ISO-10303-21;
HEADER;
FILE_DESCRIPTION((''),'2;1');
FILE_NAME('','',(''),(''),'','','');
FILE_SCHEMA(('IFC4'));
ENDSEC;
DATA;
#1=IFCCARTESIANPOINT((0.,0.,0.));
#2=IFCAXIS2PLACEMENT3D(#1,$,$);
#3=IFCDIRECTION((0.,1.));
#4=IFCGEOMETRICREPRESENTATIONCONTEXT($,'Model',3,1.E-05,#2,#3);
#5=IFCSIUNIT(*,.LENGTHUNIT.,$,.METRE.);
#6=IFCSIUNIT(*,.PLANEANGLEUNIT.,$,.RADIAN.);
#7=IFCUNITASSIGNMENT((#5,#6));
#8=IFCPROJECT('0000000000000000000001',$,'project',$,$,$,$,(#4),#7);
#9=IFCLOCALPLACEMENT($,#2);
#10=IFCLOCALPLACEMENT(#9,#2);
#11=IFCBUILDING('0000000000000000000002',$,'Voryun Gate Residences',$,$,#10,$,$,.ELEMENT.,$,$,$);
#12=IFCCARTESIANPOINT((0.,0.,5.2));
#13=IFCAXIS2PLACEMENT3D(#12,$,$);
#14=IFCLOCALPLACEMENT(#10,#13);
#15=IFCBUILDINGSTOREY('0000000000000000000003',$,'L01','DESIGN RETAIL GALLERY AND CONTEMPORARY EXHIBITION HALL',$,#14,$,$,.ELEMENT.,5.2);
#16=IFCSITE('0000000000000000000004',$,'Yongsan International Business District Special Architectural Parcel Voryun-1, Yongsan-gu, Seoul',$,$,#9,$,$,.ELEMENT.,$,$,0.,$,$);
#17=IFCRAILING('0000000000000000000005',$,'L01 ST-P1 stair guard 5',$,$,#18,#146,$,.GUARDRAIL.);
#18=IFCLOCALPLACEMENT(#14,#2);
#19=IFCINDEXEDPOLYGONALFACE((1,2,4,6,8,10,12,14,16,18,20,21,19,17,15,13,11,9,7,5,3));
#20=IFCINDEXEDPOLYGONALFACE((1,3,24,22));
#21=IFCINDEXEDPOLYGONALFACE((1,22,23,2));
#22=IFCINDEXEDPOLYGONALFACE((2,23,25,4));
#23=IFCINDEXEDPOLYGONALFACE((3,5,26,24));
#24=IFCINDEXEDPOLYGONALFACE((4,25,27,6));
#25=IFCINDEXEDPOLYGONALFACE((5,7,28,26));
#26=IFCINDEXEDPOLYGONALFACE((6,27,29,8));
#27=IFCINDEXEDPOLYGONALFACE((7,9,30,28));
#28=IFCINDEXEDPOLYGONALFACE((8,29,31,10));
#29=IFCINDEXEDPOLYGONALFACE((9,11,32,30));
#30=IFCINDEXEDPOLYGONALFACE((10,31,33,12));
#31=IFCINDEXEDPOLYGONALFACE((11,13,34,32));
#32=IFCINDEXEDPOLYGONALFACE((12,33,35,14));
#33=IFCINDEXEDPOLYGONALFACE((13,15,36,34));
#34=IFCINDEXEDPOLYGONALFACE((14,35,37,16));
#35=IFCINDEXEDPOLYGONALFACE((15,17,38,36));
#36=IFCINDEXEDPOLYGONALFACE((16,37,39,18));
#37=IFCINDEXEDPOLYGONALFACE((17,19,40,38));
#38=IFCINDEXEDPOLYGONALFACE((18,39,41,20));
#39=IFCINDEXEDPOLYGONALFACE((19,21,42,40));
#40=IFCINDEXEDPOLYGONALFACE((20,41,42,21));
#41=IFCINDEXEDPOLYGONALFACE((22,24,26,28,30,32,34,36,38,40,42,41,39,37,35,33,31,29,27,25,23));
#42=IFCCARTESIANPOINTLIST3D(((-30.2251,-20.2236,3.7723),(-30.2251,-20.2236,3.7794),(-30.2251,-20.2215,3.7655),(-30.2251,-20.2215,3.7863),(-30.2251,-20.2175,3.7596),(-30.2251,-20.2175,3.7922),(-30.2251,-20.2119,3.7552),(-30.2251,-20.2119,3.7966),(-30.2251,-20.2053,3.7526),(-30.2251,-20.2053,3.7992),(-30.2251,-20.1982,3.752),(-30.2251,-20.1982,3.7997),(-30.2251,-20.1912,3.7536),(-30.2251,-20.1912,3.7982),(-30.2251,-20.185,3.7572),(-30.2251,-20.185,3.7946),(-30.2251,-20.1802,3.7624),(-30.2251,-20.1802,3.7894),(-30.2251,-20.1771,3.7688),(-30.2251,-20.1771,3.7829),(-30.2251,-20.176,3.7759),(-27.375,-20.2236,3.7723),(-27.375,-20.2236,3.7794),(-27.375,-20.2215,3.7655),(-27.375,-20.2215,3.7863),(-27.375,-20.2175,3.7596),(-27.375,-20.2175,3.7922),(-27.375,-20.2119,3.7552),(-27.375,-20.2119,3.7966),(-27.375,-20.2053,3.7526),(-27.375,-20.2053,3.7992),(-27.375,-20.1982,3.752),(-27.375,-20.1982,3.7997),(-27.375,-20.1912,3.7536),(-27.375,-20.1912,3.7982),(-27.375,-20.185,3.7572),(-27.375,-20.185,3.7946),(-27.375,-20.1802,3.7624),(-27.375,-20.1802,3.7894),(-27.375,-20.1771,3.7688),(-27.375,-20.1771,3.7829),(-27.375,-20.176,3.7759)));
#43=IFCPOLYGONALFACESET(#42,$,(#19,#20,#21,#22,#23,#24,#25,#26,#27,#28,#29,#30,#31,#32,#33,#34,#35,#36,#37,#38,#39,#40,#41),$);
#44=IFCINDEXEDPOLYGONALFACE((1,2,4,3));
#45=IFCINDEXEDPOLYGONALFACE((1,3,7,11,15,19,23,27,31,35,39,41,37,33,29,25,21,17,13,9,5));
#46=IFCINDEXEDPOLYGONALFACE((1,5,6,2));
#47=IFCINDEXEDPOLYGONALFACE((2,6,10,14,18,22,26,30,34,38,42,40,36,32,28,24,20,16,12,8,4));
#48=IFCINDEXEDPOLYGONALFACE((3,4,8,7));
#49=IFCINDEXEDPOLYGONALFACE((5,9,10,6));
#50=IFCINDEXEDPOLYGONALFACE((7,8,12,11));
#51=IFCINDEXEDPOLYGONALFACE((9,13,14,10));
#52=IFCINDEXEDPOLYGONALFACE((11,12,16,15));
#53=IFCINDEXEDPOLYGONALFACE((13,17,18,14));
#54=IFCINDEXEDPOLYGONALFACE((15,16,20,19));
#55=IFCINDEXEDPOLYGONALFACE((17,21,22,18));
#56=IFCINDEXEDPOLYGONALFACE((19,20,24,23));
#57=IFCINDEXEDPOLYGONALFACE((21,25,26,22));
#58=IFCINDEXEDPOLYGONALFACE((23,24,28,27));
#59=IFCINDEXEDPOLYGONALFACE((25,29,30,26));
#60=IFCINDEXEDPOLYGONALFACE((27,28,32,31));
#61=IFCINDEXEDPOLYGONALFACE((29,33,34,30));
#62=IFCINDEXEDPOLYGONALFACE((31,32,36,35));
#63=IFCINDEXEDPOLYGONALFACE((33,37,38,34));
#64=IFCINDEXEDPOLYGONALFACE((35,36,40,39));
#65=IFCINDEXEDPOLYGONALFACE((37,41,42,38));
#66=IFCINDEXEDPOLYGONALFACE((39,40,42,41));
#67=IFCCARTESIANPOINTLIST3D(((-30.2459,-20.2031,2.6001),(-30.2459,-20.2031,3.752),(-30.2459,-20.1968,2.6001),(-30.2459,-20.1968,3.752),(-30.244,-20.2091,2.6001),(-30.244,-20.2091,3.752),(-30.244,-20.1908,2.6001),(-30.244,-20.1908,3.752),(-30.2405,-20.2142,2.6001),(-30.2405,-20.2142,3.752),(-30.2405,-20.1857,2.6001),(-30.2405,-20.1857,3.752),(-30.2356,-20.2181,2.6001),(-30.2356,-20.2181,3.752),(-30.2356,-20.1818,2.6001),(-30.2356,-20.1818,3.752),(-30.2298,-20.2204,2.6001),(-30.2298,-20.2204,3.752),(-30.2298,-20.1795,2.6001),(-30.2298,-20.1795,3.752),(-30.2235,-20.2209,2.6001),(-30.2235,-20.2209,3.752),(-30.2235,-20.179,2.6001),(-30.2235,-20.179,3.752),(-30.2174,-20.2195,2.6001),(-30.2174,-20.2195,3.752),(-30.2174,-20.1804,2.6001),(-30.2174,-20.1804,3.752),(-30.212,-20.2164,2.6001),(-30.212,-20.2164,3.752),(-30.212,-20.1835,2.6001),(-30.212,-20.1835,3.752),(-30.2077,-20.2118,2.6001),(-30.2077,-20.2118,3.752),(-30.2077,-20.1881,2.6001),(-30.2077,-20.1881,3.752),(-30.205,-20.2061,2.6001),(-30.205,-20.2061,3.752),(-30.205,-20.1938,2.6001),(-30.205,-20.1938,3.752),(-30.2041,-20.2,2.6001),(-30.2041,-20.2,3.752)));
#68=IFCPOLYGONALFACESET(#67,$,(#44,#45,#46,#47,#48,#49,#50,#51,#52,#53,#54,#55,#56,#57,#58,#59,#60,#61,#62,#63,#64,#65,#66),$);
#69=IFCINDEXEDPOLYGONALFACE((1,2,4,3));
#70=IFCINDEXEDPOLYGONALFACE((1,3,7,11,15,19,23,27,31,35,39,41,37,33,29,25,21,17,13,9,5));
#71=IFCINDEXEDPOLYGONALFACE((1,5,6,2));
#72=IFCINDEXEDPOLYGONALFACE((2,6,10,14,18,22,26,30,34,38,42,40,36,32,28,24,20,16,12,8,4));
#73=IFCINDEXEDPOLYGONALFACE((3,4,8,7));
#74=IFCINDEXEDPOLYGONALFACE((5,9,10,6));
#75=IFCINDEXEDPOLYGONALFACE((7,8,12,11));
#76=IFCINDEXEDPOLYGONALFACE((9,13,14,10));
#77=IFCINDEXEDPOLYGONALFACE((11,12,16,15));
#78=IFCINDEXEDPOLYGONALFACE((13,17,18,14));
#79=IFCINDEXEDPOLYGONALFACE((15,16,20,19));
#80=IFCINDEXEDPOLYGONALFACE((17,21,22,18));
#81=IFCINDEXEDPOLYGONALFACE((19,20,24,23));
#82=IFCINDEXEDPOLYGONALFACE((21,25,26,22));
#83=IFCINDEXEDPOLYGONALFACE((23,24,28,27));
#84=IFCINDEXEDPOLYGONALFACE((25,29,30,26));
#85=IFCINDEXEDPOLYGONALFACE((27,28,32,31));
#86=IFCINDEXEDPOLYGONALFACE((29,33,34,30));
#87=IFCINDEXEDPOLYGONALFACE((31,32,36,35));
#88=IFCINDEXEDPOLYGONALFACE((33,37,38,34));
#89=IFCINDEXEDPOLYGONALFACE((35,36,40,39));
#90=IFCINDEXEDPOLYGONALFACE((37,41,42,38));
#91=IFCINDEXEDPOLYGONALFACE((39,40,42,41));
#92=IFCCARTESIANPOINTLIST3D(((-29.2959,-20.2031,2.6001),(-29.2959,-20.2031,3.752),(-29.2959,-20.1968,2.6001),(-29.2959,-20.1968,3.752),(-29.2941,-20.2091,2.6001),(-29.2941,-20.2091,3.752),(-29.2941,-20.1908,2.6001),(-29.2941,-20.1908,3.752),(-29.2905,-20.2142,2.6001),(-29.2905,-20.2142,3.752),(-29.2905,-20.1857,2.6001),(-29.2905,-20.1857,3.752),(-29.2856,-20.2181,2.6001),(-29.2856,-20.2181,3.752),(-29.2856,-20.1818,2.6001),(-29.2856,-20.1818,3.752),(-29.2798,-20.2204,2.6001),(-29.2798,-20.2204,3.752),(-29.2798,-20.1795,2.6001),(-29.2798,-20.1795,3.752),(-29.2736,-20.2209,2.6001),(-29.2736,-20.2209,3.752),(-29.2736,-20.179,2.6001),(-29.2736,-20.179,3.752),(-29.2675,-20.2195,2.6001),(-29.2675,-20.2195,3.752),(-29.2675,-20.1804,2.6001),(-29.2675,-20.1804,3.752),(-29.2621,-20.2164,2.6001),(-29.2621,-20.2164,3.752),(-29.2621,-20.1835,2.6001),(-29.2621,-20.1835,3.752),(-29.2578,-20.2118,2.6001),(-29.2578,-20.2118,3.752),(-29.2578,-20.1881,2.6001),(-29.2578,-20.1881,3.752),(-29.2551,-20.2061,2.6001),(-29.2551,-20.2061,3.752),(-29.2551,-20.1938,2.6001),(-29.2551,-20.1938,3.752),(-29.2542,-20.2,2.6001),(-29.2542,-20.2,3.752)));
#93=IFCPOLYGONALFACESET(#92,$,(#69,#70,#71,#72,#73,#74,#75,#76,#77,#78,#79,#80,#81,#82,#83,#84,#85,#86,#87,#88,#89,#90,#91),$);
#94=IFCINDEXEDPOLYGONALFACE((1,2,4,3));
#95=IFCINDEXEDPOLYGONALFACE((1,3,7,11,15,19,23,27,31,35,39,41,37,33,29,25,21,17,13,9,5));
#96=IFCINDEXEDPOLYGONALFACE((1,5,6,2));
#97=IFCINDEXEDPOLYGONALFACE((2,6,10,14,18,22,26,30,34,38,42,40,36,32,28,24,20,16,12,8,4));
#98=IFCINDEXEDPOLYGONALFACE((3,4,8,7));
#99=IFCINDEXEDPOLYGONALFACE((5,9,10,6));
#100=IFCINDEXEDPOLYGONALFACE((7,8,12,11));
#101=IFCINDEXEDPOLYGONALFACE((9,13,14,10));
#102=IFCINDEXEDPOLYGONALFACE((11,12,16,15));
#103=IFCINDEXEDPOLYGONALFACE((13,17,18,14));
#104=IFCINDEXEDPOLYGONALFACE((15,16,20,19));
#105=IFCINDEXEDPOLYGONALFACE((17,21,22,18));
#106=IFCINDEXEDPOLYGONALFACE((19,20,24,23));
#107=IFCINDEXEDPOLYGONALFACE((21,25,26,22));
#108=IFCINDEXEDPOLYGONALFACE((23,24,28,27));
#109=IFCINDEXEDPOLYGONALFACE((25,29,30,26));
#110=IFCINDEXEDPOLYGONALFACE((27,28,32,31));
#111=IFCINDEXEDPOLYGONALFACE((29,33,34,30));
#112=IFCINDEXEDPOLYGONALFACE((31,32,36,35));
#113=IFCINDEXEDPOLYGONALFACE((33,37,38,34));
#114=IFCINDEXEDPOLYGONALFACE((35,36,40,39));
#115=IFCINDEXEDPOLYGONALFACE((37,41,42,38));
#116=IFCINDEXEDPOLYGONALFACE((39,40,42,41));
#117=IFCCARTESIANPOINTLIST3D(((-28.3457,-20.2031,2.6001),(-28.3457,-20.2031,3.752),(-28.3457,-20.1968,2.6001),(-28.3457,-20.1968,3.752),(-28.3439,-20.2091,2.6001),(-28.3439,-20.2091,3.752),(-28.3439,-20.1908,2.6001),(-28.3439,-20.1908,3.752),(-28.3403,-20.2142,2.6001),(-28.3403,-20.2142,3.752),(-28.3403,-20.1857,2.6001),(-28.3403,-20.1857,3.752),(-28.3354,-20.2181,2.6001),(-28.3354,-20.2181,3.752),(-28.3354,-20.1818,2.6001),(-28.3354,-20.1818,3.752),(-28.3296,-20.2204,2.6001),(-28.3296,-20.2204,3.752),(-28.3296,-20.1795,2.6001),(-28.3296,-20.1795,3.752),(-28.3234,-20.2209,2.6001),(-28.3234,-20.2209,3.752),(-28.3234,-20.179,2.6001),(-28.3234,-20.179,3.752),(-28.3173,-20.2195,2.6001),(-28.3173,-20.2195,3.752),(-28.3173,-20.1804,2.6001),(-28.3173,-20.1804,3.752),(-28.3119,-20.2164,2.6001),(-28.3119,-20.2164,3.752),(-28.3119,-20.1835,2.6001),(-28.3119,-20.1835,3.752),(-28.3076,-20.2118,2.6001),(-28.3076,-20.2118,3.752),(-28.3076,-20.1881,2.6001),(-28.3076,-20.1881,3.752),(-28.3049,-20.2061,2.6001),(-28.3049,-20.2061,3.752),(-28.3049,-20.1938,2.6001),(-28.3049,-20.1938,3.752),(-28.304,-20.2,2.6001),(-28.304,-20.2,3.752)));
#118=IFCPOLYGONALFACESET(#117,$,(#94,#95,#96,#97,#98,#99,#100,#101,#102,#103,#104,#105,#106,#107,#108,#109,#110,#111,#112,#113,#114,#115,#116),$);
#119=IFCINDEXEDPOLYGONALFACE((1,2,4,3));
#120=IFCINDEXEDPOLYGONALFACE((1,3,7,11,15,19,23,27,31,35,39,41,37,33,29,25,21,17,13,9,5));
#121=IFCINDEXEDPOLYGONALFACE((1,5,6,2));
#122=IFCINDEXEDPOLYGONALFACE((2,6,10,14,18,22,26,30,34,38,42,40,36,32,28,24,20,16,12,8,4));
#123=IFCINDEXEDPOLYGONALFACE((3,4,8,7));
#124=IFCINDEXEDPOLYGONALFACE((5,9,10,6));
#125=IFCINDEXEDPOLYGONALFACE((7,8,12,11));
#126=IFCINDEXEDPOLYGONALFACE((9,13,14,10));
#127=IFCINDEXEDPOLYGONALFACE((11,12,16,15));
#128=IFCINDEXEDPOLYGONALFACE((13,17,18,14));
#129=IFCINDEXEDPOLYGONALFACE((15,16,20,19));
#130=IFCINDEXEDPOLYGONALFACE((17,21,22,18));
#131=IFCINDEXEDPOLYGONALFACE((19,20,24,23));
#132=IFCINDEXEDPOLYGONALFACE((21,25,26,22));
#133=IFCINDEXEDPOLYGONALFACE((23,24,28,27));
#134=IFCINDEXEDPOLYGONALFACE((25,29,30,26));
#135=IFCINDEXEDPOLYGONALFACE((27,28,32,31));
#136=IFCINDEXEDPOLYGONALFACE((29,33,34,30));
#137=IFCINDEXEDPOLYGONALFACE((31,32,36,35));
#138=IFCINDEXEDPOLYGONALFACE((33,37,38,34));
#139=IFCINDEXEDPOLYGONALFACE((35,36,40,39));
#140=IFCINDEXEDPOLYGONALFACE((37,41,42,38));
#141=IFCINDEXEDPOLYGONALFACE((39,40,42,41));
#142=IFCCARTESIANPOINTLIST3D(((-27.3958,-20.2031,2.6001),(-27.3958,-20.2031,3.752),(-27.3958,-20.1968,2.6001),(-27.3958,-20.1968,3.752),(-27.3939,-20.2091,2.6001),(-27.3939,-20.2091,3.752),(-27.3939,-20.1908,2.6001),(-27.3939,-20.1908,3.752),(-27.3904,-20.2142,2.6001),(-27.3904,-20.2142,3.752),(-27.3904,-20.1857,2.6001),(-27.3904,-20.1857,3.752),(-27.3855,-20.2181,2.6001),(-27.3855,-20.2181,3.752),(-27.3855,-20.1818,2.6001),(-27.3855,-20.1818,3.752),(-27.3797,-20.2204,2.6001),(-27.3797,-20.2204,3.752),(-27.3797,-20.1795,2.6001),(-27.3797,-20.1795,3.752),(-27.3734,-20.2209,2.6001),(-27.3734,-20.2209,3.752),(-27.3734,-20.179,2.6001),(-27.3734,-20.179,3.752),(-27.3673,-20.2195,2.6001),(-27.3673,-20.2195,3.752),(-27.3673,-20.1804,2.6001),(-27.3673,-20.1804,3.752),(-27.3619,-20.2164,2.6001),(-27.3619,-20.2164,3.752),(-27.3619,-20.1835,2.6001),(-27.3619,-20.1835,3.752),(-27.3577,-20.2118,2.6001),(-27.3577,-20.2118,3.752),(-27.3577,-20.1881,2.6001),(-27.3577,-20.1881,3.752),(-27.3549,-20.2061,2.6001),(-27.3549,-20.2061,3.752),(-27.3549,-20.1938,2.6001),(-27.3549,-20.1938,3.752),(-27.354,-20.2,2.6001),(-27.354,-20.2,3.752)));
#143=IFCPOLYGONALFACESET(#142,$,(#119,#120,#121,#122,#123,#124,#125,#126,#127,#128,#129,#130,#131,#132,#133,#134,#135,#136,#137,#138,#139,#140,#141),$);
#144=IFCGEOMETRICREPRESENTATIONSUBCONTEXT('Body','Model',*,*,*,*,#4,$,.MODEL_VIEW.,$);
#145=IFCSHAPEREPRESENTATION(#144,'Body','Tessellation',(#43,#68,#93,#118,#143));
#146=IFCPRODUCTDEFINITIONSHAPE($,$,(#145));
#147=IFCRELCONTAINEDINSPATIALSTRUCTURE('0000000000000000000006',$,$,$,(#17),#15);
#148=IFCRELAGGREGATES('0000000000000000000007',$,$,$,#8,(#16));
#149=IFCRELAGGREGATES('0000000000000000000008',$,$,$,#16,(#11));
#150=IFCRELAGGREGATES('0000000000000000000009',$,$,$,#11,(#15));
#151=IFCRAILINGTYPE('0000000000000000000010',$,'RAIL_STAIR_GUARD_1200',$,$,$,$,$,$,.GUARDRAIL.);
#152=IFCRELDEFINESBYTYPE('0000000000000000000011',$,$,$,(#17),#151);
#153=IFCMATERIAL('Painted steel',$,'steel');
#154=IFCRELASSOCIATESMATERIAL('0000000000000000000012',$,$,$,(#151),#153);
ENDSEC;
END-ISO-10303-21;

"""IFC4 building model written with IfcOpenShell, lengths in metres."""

from ifc_helpers import new_model, si_unit, direction, frame, origin, origin_2d, place, context, subcontext, project, spatial, circle, extrude, material, type_object, element, save


model = new_model("IFC4")

# Units and contexts
model_context = context("Model", 3, precision=1e-05, world=origin(), true_north=direction((0.0, 1.0)))
body_context = subcontext(model_context, "Body", "Model", "MODEL_VIEW")
ifc_project = project(units=[si_unit("LENGTHUNIT", "METRE"), si_unit("PLANEANGLEUNIT", "RADIAN")], contexts=[model_context])

# Site, building, storey
site_placement = place(None, origin())
site = spatial("IfcSite", under=ifc_project, at=site_placement, Name="Yongsan International Business District Special Architectural Parcel Voryun-1, Yongsan-gu, Seoul", CompositionType="ELEMENT", RefElevation=0.0)
building_placement = place(site_placement, origin())
building = spatial("IfcBuilding", under=site, at=building_placement, Name="Voryun Gate Residences", CompositionType="ELEMENT")
storey_placement = place(building_placement, frame((0.0, 0.0, 5.2)))
storey = spatial("IfcBuildingStorey", under=building, at=storey_placement, Name="L01", Description="DESIGN RETAIL GALLERY AND CONTEMPORARY EXHIBITION HALL", CompositionType="ELEMENT", Elevation=5.2)

# Railing
ifc_material_1 = material(Name="Painted steel", Category="steel")
railing_type_1 = type_object("IfcRailingType", Name="RAIL_STAIR_GUARD_1200", PredefinedType="GUARDRAIL", material=ifc_material_1)
railing_1_placement = place(storey_placement, frame((-30.2251, -20.2, 2.6001)))
element("IfcRailing", 1, at=railing_1_placement, inside=storey, type_object=railing_type_1, Name="L01 ST-P1 stair guard 5", PredefinedType="GUARDRAIL", context=body_context, shape_type="SweptSolid", body=[
    extrude(circle(Radius=0.0239, at=origin_2d()), frame((0.0, 0.0, 1.1758), z_axis=(1.0, 0.0, 0.0), x_axis=(0.0, 1.0, 0.0)), (0.0, 0.0, 1.0), 2.8501),
    extrude(circle(Radius=0.021, at=origin_2d()), origin(), (0.0, 0.0, 1.0), 1.1519),
    extrude(circle(Radius=0.021, at=origin_2d()), frame((0.95, 0.0, 0.0)), (0.0, 0.0, 1.0), 1.1519),
    extrude(circle(Radius=0.021, at=origin_2d()), frame((1.9001, 0.0, 0.0)), (0.0, 0.0, 1.0), 1.1519),
    extrude(circle(Radius=0.021, at=origin_2d()), frame((2.8501, 0.0, 0.0)), (0.0, 0.0, 1.0), 1.1519),
])

save(model, "model.ifc")
